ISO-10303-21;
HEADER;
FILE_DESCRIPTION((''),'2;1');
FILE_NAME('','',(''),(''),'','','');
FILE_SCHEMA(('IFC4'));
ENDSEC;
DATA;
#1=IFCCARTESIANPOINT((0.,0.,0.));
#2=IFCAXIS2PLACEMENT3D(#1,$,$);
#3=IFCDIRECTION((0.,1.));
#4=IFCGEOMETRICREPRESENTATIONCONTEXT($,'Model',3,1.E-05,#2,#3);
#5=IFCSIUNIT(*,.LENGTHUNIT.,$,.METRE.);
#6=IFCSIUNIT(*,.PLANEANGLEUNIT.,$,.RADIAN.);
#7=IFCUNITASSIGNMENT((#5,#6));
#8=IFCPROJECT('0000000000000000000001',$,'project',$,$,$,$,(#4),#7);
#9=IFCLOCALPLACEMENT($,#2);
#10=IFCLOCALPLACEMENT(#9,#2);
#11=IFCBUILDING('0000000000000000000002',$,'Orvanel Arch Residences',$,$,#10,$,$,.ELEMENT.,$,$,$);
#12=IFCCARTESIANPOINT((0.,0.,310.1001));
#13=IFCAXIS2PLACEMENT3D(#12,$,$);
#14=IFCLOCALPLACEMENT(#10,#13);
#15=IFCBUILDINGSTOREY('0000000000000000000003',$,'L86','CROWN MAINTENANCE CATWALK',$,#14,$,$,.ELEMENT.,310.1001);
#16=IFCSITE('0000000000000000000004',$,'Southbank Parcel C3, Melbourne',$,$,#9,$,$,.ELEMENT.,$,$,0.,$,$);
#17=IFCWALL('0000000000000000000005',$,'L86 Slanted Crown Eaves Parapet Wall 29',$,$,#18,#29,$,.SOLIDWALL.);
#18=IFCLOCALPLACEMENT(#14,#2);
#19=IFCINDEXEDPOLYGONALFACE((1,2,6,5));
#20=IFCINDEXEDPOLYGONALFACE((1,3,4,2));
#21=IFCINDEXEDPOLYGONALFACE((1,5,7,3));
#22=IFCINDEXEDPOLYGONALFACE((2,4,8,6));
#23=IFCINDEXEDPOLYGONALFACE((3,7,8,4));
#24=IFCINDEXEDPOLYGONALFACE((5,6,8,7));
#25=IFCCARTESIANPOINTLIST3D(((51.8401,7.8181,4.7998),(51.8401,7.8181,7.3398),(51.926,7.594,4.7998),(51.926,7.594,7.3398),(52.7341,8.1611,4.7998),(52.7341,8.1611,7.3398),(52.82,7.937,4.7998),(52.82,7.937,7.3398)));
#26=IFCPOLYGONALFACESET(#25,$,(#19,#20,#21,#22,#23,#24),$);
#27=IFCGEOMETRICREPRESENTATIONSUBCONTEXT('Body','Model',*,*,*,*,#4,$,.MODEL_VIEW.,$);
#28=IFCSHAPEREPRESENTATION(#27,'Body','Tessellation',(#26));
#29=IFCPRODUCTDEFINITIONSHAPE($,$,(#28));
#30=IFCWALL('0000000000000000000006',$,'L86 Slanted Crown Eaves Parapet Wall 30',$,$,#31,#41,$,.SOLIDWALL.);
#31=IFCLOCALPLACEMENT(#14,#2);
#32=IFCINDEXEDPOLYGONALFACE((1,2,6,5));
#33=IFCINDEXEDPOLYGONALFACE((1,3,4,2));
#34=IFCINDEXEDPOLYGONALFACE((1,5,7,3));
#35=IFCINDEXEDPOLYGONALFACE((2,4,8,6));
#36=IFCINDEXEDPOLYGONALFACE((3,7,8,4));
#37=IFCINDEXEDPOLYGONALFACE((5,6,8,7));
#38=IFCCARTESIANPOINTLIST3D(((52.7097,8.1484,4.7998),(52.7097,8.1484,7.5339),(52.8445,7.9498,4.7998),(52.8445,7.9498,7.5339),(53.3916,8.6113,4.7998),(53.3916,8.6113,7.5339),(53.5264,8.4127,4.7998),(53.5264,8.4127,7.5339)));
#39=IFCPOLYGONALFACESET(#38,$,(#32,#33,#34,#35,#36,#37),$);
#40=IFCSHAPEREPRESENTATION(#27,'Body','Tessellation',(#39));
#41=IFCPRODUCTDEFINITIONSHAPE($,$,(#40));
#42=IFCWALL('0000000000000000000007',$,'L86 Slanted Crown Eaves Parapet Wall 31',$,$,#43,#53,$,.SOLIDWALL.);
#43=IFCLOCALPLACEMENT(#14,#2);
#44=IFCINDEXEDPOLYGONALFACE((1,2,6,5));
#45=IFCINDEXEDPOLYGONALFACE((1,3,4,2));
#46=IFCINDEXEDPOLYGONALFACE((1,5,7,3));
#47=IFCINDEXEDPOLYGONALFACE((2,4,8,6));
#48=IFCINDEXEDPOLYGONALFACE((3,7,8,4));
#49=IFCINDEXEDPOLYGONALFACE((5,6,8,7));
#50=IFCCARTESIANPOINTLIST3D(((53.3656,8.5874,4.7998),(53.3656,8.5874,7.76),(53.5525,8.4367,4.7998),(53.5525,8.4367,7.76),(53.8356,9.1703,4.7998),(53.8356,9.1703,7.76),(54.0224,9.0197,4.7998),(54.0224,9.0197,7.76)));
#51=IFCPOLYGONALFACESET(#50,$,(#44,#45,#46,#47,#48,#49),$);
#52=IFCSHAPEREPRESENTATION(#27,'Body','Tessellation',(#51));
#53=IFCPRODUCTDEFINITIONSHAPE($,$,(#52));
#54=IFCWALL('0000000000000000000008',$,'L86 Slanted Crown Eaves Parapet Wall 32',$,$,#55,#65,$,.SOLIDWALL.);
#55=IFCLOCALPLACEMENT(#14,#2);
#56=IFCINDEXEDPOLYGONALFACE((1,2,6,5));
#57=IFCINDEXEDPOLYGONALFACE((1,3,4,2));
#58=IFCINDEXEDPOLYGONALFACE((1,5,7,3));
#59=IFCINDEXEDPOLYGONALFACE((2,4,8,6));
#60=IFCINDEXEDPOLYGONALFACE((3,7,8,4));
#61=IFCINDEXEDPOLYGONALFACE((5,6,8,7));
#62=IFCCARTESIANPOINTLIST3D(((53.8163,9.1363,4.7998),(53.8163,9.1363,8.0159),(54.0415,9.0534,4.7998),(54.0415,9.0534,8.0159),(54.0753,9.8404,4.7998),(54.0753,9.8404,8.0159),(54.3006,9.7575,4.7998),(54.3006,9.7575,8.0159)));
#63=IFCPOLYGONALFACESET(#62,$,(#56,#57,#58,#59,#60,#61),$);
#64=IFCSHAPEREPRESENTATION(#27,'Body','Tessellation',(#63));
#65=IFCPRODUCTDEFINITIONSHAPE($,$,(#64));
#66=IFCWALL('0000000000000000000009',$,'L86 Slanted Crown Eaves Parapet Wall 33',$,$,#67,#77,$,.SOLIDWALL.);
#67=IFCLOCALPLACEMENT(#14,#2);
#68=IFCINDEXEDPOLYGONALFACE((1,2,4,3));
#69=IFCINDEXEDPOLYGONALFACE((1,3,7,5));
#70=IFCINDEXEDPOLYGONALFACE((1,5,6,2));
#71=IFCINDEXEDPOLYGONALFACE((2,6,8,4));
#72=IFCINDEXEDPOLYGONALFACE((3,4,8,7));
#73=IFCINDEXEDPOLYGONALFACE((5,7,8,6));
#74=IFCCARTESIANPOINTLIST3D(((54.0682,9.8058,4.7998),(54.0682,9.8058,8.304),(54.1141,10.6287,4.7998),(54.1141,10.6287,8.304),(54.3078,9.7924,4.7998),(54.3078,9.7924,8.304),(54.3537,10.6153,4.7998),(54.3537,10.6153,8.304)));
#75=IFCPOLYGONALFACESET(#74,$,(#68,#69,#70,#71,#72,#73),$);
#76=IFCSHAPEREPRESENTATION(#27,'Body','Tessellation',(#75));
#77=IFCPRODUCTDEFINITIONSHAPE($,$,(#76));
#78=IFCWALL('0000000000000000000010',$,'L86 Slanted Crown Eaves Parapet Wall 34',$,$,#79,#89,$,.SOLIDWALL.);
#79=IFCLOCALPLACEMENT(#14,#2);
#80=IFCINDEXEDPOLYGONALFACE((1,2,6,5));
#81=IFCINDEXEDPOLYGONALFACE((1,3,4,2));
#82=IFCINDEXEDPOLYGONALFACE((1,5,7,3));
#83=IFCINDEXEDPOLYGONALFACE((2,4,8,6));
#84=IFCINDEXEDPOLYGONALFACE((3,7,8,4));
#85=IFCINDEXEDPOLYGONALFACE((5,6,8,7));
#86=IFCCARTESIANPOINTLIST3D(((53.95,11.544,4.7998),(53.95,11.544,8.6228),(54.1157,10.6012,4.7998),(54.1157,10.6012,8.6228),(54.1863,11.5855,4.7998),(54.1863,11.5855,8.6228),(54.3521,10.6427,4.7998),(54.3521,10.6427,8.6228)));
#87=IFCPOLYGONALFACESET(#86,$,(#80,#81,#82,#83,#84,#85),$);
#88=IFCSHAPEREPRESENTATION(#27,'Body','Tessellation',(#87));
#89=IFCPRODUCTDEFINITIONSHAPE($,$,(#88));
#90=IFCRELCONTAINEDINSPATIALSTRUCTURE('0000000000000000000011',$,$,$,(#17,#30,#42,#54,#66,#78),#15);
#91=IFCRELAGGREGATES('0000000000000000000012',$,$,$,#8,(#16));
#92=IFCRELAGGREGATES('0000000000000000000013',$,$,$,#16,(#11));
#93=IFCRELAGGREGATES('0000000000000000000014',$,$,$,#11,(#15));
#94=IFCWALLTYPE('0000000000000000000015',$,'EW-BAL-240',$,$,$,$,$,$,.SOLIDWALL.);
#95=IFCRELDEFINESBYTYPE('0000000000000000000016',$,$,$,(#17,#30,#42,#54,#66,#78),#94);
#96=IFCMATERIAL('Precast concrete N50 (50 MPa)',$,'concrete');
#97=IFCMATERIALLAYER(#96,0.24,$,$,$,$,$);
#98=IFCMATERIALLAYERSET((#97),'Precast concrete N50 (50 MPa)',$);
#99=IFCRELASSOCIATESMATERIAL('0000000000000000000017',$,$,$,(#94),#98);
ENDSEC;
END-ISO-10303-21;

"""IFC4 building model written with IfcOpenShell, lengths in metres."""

from ifc_helpers import new_model, si_unit, direction, frame, frame_2d, origin, place, context, subcontext, project, spatial, rectangle, extrude, material, layer, layer_set, type_object, element, save


model = new_model("IFC4")

# Units and contexts
model_context = context("Model", 3, precision=1e-05, world=origin(), true_north=direction((0.0, 1.0)))
body_context = subcontext(model_context, "Body", "Model", "MODEL_VIEW")
ifc_project = project(units=[si_unit("LENGTHUNIT", "METRE"), si_unit("PLANEANGLEUNIT", "RADIAN")], contexts=[model_context])

# Site, building, storey
site_placement = place(None, origin())
site = spatial("IfcSite", under=ifc_project, at=site_placement, Name="Southbank Parcel C3, Melbourne", CompositionType="ELEMENT", RefElevation=0.0)
building_placement = place(site_placement, origin())
building = spatial("IfcBuilding", under=site, at=building_placement, Name="Orvanel Arch Residences", CompositionType="ELEMENT")
storey_placement = place(building_placement, frame((0.0, 0.0, 310.1001)))
storey = spatial("IfcBuildingStorey", under=building, at=storey_placement, Name="L86", Description="CROWN MAINTENANCE CATWALK", CompositionType="ELEMENT", Elevation=310.1001)

# Walls
ifc_material_1 = material(Name="Precast concrete N50 (50 MPa)", Category="concrete")
ifc_layer_1 = layer(ifc_material_1, 0.24)
ifc_layer_set_1 = layer_set([ifc_layer_1], Name="Precast concrete N50 (50 MPa)")
wall_type = type_object("IfcWallType", Name="EW-BAL-240", PredefinedType="SOLIDWALL", material=ifc_layer_set_1)
wall_1_placement = place(storey_placement, frame((51.8831, 7.7061, 4.7998), z_axis=(0.0, 0.0, 1.0), x_axis=(0.933641, 0.35821, 0.0)))
element("IfcWall", 1, at=wall_1_placement, inside=storey, type_object=wall_type, Name="L86 Slanted Crown Eaves Parapet Wall 29", PredefinedType="SOLIDWALL", context=body_context, shape_type="SweptSolid", body=[
    extrude(rectangle(XDim=0.9575, YDim=0.24, at=frame_2d((0.4788, 0.0))), origin(), (0.0, 0.0, 1.0), 2.54),
])
wall_2_placement = place(storey_placement, frame((52.7771, 8.0491, 4.7998), z_axis=(0.0, 0.0, 1.0), x_axis=(0.827373, 0.561654, 0.0)))
element("IfcWall", 2, at=wall_2_placement, inside=storey, type_object=wall_type, Name="L86 Slanted Crown Eaves Parapet Wall 30", PredefinedType="SOLIDWALL", context=body_context, shape_type="SweptSolid", body=[
    extrude(rectangle(XDim=0.8242, YDim=0.24, at=frame_2d((0.4121, 0.0))), origin(), (0.0, 0.0, 1.0), 2.7341),
])
wall_3_placement = place(storey_placement, frame((53.459, 8.512, 4.7998), z_axis=(0.0, 0.0, 1.0), x_axis=(0.627593, 0.778541, 0.0)))
element("IfcWall", 3, at=wall_3_placement, inside=storey, type_object=wall_type, Name="L86 Slanted Crown Eaves Parapet Wall 31", PredefinedType="SOLIDWALL", context=body_context, shape_type="SweptSolid", body=[
    extrude(rectangle(XDim=0.7488, YDim=0.24, at=frame_2d((0.3745, 0.0))), origin(), (0.0, 0.0, 1.0), 2.9602),
])
wall_4_placement = place(storey_placement, frame((53.929, 9.095, 4.7998), z_axis=(0.0, 0.0, 1.0), x_axis=(0.345268, 0.938504, 0.0)))
element("IfcWall", 4, at=wall_4_placement, inside=storey, type_object=wall_type, Name="L86 Slanted Crown Eaves Parapet Wall 32", PredefinedType="SOLIDWALL", context=body_context, shape_type="SweptSolid", body=[
    extrude(rectangle(XDim=0.7502, YDim=0.24, at=frame_2d((0.375, 0.0))), origin(), (0.0, 0.0, 1.0), 3.2161),
])
wall_5_placement = place(storey_placement, frame((54.188, 9.7991, 4.7998), z_axis=(0.0, 0.0, 1.0), x_axis=(0.055683, 0.998448, 0.0)))
element("IfcWall", 5, at=wall_5_placement, inside=storey, type_object=wall_type, Name="L86 Slanted Crown Eaves Parapet Wall 33", PredefinedType="SOLIDWALL", context=body_context, shape_type="SweptSolid", body=[
    extrude(rectangle(XDim=0.8242, YDim=0.24, at=frame_2d((0.4121, 0.0))), origin(), (0.0, 0.0, 1.0), 3.5042),
])
wall_6_placement = place(storey_placement, frame((54.2339, 10.6221, 4.7998), z_axis=(0.0, 0.0, 1.0), x_axis=(-0.17316, 0.984894, 0.0)))
element("IfcWall", 6, at=wall_6_placement, inside=storey, type_object=wall_type, Name="L86 Slanted Crown Eaves Parapet Wall 34", PredefinedType="SOLIDWALL", context=body_context, shape_type="SweptSolid", body=[
    extrude(rectangle(XDim=0.9573, YDim=0.24, at=frame_2d((0.4785, 0.0))), origin(), (0.0, 0.0, 1.0), 3.823),
])

save(model, "model.ifc")
